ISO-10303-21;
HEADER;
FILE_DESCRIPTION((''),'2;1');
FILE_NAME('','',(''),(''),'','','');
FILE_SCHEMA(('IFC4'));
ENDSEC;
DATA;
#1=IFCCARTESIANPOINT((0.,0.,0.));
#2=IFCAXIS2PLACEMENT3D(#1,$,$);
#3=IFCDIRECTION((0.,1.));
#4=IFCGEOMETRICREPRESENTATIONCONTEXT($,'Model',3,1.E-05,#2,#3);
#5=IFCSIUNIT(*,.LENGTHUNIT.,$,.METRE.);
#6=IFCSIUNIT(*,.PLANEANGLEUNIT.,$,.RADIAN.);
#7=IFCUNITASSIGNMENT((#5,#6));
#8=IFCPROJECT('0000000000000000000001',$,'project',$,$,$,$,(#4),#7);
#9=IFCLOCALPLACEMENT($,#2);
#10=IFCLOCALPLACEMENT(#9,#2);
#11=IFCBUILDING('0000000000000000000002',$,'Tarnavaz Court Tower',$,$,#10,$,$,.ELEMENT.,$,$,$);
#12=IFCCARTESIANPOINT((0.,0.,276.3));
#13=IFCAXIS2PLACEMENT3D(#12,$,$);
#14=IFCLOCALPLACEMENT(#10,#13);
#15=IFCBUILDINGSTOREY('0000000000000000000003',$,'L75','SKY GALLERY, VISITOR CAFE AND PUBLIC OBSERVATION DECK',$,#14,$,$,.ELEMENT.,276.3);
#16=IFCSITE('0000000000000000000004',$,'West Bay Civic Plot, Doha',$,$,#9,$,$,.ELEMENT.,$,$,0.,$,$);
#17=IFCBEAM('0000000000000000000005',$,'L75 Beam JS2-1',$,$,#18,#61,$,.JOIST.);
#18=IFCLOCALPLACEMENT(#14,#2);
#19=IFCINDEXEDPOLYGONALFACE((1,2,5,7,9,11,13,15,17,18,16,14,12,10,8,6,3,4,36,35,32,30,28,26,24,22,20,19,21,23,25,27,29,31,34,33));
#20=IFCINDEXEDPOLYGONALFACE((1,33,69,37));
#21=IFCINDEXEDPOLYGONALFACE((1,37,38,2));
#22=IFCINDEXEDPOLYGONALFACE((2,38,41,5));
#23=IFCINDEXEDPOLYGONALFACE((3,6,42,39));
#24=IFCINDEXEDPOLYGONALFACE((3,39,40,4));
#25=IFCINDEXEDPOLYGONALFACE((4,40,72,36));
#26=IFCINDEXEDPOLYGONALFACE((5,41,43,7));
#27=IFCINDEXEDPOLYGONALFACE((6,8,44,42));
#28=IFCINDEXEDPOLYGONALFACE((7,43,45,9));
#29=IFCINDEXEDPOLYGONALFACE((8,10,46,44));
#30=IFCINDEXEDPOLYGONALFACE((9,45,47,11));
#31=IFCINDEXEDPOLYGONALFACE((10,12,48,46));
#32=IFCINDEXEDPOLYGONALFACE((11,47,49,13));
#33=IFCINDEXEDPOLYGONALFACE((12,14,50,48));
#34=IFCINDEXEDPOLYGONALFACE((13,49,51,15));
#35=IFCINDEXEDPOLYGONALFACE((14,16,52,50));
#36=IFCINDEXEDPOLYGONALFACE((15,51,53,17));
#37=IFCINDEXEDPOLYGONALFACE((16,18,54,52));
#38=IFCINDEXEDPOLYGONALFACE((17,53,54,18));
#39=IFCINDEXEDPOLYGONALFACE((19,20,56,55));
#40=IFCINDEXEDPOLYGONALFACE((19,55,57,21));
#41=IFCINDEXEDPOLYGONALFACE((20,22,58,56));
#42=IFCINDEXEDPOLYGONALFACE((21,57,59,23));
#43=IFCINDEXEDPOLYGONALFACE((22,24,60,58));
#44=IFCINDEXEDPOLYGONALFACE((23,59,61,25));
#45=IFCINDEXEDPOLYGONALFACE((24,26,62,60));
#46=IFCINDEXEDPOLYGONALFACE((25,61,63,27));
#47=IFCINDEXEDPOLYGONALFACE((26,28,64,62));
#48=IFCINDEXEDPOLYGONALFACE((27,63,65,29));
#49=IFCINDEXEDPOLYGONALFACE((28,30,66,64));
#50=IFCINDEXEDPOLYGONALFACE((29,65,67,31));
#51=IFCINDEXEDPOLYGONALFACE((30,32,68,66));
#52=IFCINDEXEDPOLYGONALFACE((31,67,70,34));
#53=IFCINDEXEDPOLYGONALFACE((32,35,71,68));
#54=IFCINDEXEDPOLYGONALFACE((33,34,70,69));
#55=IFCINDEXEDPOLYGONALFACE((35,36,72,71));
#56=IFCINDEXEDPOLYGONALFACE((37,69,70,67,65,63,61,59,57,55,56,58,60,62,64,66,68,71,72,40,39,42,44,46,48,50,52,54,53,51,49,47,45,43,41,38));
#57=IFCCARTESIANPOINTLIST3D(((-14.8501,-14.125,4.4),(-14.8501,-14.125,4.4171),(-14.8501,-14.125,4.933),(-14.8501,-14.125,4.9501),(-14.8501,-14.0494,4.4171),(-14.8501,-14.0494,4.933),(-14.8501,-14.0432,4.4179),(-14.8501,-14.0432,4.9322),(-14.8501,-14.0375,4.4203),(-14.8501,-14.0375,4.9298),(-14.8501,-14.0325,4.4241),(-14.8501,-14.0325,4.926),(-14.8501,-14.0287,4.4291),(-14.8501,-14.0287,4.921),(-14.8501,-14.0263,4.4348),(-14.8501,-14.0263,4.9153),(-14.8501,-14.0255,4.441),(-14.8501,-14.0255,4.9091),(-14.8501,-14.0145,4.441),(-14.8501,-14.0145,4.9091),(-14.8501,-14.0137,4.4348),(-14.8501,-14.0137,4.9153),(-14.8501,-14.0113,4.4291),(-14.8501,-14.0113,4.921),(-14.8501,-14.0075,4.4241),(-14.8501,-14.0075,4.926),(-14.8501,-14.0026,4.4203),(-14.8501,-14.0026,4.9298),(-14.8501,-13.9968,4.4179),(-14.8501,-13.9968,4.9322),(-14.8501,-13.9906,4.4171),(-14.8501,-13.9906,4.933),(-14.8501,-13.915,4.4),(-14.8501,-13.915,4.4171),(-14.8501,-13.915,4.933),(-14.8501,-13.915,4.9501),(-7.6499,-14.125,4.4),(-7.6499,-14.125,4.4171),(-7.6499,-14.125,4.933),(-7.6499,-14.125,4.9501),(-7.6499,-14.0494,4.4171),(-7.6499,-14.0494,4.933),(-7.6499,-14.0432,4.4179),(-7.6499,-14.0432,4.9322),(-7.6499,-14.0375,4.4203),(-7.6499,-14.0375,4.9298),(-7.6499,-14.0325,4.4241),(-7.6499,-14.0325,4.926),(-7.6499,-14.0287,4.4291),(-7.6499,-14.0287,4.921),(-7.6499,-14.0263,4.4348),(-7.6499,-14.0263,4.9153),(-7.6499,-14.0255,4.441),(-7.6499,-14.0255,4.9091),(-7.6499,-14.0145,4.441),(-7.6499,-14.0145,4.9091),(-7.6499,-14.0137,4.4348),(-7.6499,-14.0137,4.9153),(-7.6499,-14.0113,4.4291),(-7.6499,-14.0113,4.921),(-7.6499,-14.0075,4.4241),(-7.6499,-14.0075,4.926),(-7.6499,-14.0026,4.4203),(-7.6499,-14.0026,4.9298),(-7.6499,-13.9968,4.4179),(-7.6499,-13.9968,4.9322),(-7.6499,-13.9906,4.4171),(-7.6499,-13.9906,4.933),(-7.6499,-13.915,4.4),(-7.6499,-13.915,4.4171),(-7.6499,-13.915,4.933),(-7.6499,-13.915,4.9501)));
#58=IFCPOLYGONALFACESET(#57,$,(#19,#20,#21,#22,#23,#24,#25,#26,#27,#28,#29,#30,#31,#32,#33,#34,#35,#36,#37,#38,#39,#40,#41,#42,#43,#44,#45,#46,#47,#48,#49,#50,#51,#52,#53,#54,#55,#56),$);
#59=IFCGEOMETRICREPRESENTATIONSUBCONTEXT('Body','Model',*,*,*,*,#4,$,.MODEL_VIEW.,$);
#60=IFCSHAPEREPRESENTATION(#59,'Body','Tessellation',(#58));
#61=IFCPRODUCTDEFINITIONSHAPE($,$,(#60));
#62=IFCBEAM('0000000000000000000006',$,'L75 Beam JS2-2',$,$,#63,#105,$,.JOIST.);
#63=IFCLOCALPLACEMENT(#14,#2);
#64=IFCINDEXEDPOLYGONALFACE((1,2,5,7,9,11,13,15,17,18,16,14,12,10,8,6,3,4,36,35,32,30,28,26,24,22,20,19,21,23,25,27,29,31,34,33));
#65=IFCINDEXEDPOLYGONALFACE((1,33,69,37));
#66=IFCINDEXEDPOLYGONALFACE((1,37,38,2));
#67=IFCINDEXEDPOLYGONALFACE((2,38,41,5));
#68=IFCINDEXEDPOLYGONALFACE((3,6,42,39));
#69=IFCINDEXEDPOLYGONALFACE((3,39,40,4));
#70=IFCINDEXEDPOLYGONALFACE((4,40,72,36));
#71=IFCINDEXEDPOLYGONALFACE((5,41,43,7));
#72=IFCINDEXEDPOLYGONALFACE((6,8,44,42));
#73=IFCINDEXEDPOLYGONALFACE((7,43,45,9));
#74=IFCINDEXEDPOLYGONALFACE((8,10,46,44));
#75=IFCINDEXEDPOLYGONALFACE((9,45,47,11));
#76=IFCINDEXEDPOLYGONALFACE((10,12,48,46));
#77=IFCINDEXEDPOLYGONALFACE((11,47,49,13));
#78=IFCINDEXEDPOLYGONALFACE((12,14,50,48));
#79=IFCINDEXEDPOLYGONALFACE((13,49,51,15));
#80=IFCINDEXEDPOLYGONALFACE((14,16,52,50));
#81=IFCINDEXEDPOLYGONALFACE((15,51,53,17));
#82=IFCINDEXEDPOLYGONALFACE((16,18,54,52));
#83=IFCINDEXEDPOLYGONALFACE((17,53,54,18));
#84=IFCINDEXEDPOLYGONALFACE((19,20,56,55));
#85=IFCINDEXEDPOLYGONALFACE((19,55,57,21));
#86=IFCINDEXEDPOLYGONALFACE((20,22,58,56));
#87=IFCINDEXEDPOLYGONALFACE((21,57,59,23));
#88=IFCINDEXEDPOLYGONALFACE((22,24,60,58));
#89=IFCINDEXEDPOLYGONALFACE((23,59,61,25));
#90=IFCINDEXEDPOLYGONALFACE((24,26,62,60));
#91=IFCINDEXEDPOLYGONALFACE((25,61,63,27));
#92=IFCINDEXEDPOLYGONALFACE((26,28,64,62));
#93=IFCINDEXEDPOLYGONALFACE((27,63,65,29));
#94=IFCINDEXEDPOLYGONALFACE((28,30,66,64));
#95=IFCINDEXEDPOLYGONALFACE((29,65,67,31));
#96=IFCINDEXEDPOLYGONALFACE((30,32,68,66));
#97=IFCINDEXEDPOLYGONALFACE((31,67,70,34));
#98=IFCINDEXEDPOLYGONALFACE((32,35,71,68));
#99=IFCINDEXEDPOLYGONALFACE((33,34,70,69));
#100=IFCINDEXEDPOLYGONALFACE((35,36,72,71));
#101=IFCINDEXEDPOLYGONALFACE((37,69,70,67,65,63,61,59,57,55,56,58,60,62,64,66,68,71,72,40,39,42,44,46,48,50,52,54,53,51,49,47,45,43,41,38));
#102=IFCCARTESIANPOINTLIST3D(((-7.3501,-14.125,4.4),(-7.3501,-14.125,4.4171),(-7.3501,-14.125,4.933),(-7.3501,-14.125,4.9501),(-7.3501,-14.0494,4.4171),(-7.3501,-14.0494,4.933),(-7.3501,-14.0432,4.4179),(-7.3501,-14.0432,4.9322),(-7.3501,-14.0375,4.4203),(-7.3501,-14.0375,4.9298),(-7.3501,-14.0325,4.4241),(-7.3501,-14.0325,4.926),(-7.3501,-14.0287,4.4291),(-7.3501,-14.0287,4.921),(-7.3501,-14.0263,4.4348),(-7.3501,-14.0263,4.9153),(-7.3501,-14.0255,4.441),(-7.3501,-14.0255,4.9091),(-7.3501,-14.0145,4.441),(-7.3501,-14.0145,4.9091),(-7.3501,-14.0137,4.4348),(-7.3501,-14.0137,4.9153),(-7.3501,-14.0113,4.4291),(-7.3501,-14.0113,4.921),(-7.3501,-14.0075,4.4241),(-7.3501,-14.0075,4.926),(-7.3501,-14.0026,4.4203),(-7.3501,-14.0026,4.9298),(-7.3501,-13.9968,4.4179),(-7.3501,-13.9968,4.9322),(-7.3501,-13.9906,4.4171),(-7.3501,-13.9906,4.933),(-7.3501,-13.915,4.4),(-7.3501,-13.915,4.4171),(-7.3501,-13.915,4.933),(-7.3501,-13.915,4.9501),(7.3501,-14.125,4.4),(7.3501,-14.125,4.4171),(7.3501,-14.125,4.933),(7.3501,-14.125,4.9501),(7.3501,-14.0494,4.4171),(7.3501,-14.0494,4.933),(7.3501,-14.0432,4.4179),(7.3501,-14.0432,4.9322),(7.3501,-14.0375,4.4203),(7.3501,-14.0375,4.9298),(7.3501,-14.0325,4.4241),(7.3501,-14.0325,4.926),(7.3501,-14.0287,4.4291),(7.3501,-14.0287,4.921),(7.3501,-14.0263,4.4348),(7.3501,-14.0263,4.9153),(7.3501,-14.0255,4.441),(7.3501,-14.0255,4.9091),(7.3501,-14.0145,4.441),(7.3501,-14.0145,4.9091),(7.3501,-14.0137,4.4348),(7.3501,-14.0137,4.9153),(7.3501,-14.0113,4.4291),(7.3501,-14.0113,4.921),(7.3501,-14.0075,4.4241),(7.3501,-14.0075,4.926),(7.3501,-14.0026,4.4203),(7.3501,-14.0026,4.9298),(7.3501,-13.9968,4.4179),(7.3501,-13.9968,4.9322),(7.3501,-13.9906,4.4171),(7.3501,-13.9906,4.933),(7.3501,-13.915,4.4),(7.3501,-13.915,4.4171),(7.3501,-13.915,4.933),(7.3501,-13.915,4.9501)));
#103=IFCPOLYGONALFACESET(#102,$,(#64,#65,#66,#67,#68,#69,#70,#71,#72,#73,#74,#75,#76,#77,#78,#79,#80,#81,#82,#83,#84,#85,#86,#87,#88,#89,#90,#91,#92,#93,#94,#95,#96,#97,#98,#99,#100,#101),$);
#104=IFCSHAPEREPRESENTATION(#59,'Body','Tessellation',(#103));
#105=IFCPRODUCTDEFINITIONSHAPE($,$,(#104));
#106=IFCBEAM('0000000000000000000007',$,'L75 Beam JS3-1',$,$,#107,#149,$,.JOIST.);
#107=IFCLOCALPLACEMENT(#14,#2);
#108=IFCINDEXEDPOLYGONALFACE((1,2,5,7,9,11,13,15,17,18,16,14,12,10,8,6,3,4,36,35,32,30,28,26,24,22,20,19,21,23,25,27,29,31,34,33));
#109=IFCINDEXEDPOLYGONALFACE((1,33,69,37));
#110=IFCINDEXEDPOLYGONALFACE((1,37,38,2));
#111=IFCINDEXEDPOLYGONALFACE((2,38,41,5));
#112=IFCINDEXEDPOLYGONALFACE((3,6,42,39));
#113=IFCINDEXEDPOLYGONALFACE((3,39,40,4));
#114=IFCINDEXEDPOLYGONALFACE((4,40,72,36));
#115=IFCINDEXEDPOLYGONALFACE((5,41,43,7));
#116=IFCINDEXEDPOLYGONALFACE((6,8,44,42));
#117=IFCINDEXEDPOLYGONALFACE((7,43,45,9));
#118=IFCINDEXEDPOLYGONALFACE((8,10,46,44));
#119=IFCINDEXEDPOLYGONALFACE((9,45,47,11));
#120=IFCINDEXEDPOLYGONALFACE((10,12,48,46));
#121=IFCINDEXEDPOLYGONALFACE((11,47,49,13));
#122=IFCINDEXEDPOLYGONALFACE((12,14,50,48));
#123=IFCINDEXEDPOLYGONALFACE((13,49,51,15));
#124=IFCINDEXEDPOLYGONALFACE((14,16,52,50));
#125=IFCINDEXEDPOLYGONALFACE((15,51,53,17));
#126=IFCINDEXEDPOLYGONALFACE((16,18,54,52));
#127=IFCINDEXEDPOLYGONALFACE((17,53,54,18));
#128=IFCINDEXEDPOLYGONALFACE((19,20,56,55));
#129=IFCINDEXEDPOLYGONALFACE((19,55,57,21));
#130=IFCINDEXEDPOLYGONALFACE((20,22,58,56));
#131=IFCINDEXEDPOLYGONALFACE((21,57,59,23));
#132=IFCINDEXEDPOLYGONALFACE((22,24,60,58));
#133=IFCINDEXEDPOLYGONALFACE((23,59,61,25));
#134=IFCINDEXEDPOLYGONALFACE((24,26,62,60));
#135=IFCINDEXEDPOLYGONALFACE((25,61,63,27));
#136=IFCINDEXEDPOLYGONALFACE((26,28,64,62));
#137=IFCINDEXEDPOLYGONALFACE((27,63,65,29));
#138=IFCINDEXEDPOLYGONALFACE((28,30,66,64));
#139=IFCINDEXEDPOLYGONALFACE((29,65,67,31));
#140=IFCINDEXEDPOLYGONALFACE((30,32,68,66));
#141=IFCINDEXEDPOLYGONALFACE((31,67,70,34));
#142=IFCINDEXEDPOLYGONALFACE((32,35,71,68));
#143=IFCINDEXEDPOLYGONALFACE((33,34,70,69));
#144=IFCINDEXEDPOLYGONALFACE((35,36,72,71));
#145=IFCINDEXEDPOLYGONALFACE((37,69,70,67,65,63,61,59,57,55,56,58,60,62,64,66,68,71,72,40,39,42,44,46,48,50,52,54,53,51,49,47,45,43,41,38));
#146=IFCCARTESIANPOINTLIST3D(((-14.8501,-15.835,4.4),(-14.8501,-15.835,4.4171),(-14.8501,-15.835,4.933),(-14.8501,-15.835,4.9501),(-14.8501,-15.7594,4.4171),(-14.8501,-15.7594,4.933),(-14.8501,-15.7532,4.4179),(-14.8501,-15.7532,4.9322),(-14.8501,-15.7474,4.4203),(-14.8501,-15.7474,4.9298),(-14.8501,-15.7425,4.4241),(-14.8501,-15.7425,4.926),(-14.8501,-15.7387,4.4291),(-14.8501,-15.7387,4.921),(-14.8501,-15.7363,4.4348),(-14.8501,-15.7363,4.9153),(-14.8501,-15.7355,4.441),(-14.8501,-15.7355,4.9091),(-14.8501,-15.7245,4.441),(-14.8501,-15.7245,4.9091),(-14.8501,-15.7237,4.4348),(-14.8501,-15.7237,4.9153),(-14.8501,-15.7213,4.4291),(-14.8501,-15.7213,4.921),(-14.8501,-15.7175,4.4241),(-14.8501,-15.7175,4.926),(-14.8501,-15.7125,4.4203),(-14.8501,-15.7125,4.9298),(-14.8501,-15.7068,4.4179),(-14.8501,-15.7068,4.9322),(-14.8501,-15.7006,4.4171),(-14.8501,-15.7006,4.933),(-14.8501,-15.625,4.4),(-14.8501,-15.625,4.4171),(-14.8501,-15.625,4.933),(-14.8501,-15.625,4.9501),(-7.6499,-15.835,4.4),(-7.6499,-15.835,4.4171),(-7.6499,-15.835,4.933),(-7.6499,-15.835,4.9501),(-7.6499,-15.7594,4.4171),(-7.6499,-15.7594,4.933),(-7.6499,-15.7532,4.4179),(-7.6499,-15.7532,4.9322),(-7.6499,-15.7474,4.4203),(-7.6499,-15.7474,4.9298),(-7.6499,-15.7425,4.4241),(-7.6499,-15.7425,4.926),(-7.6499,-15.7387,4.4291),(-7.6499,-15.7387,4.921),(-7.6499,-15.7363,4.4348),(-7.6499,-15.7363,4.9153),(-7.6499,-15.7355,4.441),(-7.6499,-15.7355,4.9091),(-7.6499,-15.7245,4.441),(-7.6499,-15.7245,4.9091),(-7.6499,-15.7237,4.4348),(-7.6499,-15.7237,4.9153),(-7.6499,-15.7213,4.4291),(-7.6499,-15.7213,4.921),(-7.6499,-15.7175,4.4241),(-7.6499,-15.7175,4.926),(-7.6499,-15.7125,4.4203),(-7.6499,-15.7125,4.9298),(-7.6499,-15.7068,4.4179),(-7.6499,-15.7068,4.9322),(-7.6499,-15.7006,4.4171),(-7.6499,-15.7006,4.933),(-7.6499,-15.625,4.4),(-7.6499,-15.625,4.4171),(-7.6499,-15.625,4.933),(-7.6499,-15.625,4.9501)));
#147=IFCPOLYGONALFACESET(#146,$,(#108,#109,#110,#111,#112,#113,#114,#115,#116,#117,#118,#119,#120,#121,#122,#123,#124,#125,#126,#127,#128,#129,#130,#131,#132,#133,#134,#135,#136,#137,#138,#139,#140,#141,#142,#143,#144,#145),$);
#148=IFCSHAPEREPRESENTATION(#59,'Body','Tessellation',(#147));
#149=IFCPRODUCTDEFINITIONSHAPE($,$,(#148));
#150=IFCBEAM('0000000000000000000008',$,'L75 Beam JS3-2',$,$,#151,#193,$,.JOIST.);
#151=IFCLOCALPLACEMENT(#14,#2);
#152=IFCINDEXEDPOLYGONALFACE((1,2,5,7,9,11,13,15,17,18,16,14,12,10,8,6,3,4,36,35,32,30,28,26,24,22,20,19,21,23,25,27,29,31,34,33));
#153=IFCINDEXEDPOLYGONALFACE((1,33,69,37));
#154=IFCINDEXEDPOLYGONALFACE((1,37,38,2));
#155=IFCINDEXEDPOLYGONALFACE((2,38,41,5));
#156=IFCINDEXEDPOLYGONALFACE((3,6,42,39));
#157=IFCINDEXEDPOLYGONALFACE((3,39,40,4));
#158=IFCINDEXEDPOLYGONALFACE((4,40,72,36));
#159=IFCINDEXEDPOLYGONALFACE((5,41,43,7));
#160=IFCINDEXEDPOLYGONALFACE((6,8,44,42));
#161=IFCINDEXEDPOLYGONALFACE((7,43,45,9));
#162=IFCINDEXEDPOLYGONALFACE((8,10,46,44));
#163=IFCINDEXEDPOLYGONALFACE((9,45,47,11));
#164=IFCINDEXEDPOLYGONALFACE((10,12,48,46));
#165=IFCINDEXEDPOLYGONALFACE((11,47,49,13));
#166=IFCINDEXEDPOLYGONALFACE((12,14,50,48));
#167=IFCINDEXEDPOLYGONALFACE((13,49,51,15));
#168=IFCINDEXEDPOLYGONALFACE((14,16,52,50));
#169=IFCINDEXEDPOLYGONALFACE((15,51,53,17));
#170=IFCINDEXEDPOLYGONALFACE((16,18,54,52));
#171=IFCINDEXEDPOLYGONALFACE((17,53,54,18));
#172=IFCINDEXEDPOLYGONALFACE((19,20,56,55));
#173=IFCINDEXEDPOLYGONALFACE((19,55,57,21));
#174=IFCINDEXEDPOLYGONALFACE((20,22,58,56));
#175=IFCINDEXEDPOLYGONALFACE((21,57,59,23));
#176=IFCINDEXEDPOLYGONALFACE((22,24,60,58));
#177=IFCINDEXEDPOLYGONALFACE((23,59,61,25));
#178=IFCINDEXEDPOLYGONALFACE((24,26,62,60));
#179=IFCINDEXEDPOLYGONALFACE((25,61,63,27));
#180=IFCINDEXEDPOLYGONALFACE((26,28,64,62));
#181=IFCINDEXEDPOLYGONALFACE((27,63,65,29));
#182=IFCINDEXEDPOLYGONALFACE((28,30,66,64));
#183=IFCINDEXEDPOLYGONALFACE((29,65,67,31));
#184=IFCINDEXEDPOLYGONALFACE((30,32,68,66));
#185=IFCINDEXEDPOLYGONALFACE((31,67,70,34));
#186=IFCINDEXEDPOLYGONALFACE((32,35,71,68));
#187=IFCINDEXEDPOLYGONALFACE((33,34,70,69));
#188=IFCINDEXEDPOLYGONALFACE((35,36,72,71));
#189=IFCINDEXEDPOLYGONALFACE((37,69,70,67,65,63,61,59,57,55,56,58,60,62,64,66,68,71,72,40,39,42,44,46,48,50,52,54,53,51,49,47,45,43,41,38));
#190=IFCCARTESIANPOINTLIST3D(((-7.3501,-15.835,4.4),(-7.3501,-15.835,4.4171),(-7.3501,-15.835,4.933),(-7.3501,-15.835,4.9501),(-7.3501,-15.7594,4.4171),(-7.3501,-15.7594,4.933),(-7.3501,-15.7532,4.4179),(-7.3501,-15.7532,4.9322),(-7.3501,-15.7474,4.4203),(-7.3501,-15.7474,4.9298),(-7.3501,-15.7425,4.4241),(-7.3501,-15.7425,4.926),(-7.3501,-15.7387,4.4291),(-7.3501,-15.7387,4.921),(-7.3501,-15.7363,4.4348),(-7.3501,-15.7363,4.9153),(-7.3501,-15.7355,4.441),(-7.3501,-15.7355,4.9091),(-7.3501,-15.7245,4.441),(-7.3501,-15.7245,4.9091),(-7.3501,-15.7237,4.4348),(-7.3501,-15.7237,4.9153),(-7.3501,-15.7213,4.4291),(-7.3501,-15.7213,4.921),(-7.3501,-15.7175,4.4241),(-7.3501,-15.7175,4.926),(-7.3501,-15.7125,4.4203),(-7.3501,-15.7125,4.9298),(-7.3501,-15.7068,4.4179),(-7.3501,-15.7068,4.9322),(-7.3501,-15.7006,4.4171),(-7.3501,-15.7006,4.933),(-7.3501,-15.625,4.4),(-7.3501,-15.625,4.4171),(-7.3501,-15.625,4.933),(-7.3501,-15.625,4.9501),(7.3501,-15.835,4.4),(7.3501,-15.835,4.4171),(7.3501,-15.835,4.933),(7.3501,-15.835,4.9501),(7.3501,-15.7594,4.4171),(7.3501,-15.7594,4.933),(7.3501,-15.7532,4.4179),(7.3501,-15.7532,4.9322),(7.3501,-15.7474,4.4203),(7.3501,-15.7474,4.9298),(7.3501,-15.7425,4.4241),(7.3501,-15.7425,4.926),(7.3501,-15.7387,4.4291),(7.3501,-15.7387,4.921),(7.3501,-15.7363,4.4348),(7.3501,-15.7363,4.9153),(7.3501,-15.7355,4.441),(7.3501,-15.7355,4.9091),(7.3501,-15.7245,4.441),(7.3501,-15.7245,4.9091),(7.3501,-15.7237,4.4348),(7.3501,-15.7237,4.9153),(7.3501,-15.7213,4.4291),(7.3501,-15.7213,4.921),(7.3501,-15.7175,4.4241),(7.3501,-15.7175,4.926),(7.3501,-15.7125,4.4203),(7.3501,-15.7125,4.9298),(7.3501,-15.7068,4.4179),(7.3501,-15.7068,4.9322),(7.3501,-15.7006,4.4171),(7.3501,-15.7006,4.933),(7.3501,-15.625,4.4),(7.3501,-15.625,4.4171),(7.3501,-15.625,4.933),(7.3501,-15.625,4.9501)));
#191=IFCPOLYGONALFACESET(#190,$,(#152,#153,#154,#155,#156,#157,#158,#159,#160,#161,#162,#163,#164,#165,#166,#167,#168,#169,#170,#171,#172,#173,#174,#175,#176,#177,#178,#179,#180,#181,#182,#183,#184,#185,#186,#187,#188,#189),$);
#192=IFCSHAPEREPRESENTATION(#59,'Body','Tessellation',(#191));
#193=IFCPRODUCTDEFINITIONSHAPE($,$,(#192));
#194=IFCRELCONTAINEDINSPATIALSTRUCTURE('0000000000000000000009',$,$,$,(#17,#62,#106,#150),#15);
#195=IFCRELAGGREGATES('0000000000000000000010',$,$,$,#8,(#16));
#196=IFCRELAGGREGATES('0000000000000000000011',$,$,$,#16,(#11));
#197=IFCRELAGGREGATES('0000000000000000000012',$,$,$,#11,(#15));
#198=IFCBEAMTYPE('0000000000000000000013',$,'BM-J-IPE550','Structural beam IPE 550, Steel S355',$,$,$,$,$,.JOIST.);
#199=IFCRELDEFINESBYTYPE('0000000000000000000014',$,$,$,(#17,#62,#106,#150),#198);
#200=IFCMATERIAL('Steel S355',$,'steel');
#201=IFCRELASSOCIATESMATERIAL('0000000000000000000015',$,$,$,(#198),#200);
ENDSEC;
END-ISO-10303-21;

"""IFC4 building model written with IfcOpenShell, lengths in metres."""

from ifc_helpers import new_model, si_unit, direction, frame, origin, origin_2d, place, context, subcontext, project, spatial, i_section, extrude, material, material_profile, profile_set, type_object, element, save


model = new_model("IFC4")

# Units and contexts
model_context = context("Model", 3, precision=1e-05, world=origin(), true_north=direction((0.0, 1.0)))
body_context = subcontext(model_context, "Body", "Model", "MODEL_VIEW")
ifc_project = project(units=[si_unit("LENGTHUNIT", "METRE"), si_unit("PLANEANGLEUNIT", "RADIAN")], contexts=[model_context])

# Site, building, storey
site_placement = place(None, origin())
site = spatial("IfcSite", under=ifc_project, at=site_placement, Name="West Bay Civic Plot, Doha", CompositionType="ELEMENT", RefElevation=0.0)
building_placement = place(site_placement, origin())
building = spatial("IfcBuilding", under=site, at=building_placement, Name="Tarnavaz Court Tower", CompositionType="ELEMENT")
storey_placement = place(building_placement, frame((0.0, 0.0, 276.3)))
storey = spatial("IfcBuildingStorey", under=building, at=storey_placement, Name="L75", Description="SKY GALLERY, VISITOR CAFE AND PUBLIC OBSERVATION DECK", CompositionType="ELEMENT", Elevation=276.3)

# Beams
ifc_material_1 = material(Name="Steel S355", Category="steel")
ifc_material_profile_1 = material_profile(ifc_material_1, i_section(OverallWidth=0.21, OverallDepth=0.55, WebThickness=0.011, FlangeThickness=0.0171, FilletRadius=0.0239, at=origin_2d()), Name="IPE 550")
ifc_profile_set_1 = profile_set([ifc_material_profile_1], Name="Steel S355")
beam_type_1 = type_object("IfcBeamType", Name="BM-J-IPE550", Description="Structural beam IPE 550, Steel S355", PredefinedType="JOIST", material=ifc_profile_set_1)
beam_1_placement = place(storey_placement, frame((-14.8501, -14.02, 4.675), z_axis=(1.0, 0.0, 0.0), x_axis=(0.0, 1.0, 0.0)))
element("IfcBeam", 1, at=beam_1_placement, inside=storey, type_object=beam_type_1, Name="L75 Beam JS2-1", PredefinedType="JOIST", context=body_context, shape_type="SweptSolid", body=[
    extrude(i_section(OverallWidth=0.21, OverallDepth=0.55, WebThickness=0.011, FlangeThickness=0.0171, FilletRadius=0.0239, at=origin_2d()), origin(), (0.0, 0.0, 1.0), 7.2002),
])
beam_2_placement = place(storey_placement, frame((-7.3501, -14.02, 4.675), z_axis=(1.0, 0.0, 0.0), x_axis=(0.0, 1.0, 0.0)))
element("IfcBeam", 2, at=beam_2_placement, inside=storey, type_object=beam_type_1, Name="L75 Beam JS2-2", PredefinedType="JOIST", context=body_context, shape_type="SweptSolid", body=[
    extrude(i_section(OverallWidth=0.21, OverallDepth=0.55, WebThickness=0.011, FlangeThickness=0.0171, FilletRadius=0.0239, at=origin_2d()), origin(), (0.0, 0.0, 1.0), 14.7002),
])
beam_3_placement = place(storey_placement, frame((-14.8501, -15.73, 4.675), z_axis=(1.0, 0.0, 0.0), x_axis=(0.0, 1.0, 0.0)))
element("IfcBeam", 3, at=beam_3_placement, inside=storey, type_object=beam_type_1, Name="L75 Beam JS3-1", PredefinedType="JOIST", context=body_context, shape_type="SweptSolid", body=[
    extrude(i_section(OverallWidth=0.21, OverallDepth=0.55, WebThickness=0.011, FlangeThickness=0.0171, FilletRadius=0.0239, at=origin_2d()), origin(), (0.0, 0.0, 1.0), 7.2002),
])
beam_4_placement = place(storey_placement, frame((-7.3501, -15.73, 4.675), z_axis=(1.0, 0.0, 0.0), x_axis=(0.0, 1.0, 0.0)))
element("IfcBeam", 4, at=beam_4_placement, inside=storey, type_object=beam_type_1, Name="L75 Beam JS3-2", PredefinedType="JOIST", context=body_context, shape_type="SweptSolid", body=[
    extrude(i_section(OverallWidth=0.21, OverallDepth=0.55, WebThickness=0.011, FlangeThickness=0.0171, FilletRadius=0.0239, at=origin_2d()), origin(), (0.0, 0.0, 1.0), 14.7002),
])

save(model, "model.ifc")
